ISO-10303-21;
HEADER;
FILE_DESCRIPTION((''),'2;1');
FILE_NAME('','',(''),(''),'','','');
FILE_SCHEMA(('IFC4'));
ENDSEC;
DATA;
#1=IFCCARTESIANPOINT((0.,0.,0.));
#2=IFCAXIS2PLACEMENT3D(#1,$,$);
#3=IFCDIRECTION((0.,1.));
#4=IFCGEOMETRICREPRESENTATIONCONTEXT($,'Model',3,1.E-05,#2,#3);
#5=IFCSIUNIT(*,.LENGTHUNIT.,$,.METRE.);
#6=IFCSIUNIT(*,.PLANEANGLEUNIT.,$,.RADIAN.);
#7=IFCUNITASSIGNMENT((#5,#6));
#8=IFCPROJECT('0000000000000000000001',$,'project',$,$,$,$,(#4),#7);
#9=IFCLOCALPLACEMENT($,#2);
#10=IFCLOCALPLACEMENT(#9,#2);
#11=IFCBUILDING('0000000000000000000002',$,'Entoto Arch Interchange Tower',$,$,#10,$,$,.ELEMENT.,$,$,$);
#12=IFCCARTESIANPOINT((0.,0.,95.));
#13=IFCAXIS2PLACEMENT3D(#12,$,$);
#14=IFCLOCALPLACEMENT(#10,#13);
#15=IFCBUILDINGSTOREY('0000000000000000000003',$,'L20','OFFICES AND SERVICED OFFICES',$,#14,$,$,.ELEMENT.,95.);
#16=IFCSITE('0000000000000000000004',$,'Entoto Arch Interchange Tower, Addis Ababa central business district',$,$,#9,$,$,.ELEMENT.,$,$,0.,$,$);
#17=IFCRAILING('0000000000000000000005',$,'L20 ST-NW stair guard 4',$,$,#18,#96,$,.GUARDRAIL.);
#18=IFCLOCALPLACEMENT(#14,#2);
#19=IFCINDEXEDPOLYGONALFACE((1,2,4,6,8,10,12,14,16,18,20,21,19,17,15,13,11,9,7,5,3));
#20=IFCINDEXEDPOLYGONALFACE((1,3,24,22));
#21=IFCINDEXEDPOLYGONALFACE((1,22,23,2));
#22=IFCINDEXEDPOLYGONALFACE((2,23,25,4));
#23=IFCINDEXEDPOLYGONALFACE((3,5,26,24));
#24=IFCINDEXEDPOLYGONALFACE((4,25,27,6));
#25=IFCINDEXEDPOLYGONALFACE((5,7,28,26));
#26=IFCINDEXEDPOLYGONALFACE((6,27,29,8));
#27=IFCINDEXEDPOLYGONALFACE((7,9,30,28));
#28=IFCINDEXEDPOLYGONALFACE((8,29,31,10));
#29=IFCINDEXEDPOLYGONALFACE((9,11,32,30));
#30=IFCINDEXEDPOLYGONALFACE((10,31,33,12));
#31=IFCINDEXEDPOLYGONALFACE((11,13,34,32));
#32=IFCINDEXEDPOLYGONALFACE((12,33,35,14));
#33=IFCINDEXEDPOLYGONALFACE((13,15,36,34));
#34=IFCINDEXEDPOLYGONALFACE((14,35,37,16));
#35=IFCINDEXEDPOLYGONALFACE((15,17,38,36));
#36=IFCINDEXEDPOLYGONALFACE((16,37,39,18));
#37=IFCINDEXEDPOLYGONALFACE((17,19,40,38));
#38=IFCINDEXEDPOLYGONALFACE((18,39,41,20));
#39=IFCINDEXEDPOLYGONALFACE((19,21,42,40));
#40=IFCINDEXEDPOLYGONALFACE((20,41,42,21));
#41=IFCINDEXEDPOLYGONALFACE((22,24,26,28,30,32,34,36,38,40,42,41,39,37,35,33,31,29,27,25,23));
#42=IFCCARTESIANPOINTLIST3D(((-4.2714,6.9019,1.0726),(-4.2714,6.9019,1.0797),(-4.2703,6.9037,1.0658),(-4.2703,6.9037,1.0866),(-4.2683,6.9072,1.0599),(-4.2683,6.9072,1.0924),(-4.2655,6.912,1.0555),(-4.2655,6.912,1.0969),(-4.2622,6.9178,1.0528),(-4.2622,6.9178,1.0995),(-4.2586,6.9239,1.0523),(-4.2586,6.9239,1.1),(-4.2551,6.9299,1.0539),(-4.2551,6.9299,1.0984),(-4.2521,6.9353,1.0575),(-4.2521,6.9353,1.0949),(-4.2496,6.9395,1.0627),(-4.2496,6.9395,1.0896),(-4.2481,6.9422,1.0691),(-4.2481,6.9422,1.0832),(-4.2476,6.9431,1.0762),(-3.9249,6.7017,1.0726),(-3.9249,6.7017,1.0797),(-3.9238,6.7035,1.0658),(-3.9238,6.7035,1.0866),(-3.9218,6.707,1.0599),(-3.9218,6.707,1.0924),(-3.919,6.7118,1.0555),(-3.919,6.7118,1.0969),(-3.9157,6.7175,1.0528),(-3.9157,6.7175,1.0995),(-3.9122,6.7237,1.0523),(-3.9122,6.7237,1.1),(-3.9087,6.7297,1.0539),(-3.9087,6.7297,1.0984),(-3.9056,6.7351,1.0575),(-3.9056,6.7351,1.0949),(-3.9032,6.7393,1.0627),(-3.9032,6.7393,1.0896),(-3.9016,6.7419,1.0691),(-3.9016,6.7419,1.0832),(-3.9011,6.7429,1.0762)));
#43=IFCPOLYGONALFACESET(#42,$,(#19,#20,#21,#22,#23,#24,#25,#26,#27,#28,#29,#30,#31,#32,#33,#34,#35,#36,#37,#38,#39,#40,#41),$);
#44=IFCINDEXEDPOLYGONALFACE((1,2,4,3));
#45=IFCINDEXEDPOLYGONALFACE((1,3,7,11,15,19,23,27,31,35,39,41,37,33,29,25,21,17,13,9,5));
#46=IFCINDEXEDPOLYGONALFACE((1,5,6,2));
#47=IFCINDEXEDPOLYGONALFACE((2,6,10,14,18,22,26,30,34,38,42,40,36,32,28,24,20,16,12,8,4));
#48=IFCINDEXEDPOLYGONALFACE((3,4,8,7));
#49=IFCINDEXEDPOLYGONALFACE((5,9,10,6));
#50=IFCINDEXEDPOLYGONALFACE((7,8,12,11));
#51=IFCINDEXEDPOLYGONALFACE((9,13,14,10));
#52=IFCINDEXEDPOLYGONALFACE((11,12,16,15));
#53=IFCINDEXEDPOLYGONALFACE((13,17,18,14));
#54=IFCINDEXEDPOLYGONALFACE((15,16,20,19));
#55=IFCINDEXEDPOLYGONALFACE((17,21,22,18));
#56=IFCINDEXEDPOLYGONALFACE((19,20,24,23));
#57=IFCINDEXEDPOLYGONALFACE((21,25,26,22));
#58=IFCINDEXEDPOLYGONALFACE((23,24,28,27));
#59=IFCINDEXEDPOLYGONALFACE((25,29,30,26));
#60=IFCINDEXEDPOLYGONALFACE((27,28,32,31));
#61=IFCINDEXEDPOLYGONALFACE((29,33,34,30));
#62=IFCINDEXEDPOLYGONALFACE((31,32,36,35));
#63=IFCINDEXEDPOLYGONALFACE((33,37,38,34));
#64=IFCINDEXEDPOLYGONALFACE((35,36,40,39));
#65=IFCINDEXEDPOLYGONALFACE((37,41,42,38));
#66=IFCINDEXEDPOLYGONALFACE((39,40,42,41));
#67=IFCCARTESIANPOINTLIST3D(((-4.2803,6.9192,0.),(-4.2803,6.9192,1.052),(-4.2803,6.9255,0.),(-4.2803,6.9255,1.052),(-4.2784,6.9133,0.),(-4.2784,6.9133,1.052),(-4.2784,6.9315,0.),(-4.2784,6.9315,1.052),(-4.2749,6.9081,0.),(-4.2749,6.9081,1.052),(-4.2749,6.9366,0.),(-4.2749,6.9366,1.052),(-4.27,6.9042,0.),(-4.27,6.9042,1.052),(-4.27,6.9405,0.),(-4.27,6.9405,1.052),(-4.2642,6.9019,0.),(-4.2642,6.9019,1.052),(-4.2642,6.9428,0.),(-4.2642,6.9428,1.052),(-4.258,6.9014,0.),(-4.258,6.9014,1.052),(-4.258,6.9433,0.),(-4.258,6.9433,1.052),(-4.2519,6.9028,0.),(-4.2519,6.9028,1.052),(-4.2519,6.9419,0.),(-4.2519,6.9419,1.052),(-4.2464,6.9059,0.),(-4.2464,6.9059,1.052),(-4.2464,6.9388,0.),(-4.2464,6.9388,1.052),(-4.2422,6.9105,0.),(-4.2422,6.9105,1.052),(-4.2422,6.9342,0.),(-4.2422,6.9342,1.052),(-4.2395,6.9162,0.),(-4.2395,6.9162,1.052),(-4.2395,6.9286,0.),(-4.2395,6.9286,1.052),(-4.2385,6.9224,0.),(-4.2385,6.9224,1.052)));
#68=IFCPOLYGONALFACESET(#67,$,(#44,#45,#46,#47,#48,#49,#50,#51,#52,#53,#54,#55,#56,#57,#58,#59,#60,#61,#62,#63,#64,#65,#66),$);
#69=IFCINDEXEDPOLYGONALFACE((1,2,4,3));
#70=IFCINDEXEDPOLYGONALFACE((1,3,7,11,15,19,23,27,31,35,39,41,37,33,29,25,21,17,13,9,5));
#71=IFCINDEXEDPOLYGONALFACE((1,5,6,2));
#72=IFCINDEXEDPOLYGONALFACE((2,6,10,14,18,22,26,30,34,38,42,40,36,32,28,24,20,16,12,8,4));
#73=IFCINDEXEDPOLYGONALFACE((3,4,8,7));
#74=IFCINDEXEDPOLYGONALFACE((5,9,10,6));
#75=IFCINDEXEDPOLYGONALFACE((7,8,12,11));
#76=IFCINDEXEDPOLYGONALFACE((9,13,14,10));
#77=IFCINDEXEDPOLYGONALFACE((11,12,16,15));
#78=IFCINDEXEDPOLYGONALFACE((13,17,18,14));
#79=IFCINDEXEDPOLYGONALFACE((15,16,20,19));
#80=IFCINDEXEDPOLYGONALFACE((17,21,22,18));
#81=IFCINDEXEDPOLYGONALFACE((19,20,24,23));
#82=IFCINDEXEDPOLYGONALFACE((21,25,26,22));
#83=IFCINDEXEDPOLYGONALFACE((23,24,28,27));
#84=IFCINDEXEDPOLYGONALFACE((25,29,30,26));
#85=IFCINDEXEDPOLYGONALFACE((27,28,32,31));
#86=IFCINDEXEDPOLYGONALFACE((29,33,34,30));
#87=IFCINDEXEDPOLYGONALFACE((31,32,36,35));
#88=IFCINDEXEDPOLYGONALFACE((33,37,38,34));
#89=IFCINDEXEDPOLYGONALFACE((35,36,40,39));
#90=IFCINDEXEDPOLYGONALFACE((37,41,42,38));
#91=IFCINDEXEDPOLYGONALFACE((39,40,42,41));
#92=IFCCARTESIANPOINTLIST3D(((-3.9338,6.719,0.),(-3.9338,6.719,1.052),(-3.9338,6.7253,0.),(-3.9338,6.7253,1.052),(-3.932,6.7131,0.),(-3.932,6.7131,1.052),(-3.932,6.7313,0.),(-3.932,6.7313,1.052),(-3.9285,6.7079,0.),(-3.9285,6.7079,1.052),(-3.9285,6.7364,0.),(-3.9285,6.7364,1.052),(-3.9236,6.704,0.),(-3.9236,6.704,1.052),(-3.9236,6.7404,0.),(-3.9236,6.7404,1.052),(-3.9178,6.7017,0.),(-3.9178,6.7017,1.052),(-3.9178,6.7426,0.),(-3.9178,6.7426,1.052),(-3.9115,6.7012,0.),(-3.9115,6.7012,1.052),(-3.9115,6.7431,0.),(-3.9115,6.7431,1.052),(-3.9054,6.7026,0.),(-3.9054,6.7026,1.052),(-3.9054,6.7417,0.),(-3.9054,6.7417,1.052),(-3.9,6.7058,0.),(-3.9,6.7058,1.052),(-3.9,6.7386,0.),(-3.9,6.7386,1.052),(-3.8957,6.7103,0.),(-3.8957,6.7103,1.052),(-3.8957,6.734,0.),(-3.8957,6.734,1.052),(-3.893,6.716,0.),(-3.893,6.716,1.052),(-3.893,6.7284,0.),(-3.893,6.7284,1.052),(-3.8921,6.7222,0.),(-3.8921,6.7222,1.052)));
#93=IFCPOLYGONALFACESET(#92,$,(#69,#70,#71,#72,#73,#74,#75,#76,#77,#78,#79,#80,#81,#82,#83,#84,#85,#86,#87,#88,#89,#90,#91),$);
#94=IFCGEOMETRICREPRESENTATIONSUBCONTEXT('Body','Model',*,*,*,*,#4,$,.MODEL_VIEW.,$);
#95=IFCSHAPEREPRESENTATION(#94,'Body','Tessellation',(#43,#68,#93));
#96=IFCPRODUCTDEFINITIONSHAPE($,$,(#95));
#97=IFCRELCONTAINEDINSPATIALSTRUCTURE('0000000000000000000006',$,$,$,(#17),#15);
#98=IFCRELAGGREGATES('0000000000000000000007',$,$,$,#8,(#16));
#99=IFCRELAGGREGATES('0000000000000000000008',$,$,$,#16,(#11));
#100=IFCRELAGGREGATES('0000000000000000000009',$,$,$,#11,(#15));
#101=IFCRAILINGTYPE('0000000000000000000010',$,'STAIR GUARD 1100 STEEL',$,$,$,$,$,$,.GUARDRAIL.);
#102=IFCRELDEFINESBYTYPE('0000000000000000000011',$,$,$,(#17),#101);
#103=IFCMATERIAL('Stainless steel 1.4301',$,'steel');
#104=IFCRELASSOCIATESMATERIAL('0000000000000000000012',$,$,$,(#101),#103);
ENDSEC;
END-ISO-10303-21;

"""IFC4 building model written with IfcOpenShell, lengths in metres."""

from ifc_helpers import new_model, si_unit, direction, frame, origin, origin_2d, place, context, subcontext, project, spatial, circle, extrude, material, type_object, element, save


model = new_model("IFC4")

# Units and contexts
model_context = context("Model", 3, precision=1e-05, world=origin(), true_north=direction((0.0, 1.0)))
body_context = subcontext(model_context, "Body", "Model", "MODEL_VIEW")
ifc_project = project(units=[si_unit("LENGTHUNIT", "METRE"), si_unit("PLANEANGLEUNIT", "RADIAN")], contexts=[model_context])

# Site, building, storey
site_placement = place(None, origin())
site = spatial("IfcSite", under=ifc_project, at=site_placement, Name="Entoto Arch Interchange Tower, Addis Ababa central business district", CompositionType="ELEMENT", RefElevation=0.0)
building_placement = place(site_placement, origin())
building = spatial("IfcBuilding", under=site, at=building_placement, Name="Entoto Arch Interchange Tower", CompositionType="ELEMENT")
storey_placement = place(building_placement, frame((0.0, 0.0, 95.0)))
storey = spatial("IfcBuildingStorey", under=building, at=storey_placement, Name="L20", Description="OFFICES AND SERVICED OFFICES", CompositionType="ELEMENT", Elevation=95.0)

# Railing
ifc_material_1 = material(Name="Stainless steel 1.4301", Category="steel")
railing_type_1 = type_object("IfcRailingType", Name="STAIR GUARD 1100 STEEL", PredefinedType="GUARDRAIL", material=ifc_material_1)
railing_1_placement = place(storey_placement, frame((-4.2595, 6.9224, 0.0)))
element("IfcRailing", 1, at=railing_1_placement, inside=storey, type_object=railing_type_1, Name="L20 ST-NW stair guard 4", PredefinedType="GUARDRAIL", context=body_context, shape_type="SweptSolid", body=[
    extrude(circle(Radius=0.0239, at=origin_2d()), frame((0.0, 0.0, 1.0762), z_axis=(0.86583, -0.500339, 0.0), x_axis=(0.500339, 0.86583, 0.0)), (0.0, 0.0, 1.0), 0.4001),
    extrude(circle(Radius=0.021, at=origin_2d()), origin(), (0.0, 0.0, 1.0), 1.052),
    extrude(circle(Radius=0.021, at=origin_2d()), frame((0.3464, -0.2002, 0.0)), (0.0, 0.0, 1.0), 1.052),
])

save(model, "model.ifc")
